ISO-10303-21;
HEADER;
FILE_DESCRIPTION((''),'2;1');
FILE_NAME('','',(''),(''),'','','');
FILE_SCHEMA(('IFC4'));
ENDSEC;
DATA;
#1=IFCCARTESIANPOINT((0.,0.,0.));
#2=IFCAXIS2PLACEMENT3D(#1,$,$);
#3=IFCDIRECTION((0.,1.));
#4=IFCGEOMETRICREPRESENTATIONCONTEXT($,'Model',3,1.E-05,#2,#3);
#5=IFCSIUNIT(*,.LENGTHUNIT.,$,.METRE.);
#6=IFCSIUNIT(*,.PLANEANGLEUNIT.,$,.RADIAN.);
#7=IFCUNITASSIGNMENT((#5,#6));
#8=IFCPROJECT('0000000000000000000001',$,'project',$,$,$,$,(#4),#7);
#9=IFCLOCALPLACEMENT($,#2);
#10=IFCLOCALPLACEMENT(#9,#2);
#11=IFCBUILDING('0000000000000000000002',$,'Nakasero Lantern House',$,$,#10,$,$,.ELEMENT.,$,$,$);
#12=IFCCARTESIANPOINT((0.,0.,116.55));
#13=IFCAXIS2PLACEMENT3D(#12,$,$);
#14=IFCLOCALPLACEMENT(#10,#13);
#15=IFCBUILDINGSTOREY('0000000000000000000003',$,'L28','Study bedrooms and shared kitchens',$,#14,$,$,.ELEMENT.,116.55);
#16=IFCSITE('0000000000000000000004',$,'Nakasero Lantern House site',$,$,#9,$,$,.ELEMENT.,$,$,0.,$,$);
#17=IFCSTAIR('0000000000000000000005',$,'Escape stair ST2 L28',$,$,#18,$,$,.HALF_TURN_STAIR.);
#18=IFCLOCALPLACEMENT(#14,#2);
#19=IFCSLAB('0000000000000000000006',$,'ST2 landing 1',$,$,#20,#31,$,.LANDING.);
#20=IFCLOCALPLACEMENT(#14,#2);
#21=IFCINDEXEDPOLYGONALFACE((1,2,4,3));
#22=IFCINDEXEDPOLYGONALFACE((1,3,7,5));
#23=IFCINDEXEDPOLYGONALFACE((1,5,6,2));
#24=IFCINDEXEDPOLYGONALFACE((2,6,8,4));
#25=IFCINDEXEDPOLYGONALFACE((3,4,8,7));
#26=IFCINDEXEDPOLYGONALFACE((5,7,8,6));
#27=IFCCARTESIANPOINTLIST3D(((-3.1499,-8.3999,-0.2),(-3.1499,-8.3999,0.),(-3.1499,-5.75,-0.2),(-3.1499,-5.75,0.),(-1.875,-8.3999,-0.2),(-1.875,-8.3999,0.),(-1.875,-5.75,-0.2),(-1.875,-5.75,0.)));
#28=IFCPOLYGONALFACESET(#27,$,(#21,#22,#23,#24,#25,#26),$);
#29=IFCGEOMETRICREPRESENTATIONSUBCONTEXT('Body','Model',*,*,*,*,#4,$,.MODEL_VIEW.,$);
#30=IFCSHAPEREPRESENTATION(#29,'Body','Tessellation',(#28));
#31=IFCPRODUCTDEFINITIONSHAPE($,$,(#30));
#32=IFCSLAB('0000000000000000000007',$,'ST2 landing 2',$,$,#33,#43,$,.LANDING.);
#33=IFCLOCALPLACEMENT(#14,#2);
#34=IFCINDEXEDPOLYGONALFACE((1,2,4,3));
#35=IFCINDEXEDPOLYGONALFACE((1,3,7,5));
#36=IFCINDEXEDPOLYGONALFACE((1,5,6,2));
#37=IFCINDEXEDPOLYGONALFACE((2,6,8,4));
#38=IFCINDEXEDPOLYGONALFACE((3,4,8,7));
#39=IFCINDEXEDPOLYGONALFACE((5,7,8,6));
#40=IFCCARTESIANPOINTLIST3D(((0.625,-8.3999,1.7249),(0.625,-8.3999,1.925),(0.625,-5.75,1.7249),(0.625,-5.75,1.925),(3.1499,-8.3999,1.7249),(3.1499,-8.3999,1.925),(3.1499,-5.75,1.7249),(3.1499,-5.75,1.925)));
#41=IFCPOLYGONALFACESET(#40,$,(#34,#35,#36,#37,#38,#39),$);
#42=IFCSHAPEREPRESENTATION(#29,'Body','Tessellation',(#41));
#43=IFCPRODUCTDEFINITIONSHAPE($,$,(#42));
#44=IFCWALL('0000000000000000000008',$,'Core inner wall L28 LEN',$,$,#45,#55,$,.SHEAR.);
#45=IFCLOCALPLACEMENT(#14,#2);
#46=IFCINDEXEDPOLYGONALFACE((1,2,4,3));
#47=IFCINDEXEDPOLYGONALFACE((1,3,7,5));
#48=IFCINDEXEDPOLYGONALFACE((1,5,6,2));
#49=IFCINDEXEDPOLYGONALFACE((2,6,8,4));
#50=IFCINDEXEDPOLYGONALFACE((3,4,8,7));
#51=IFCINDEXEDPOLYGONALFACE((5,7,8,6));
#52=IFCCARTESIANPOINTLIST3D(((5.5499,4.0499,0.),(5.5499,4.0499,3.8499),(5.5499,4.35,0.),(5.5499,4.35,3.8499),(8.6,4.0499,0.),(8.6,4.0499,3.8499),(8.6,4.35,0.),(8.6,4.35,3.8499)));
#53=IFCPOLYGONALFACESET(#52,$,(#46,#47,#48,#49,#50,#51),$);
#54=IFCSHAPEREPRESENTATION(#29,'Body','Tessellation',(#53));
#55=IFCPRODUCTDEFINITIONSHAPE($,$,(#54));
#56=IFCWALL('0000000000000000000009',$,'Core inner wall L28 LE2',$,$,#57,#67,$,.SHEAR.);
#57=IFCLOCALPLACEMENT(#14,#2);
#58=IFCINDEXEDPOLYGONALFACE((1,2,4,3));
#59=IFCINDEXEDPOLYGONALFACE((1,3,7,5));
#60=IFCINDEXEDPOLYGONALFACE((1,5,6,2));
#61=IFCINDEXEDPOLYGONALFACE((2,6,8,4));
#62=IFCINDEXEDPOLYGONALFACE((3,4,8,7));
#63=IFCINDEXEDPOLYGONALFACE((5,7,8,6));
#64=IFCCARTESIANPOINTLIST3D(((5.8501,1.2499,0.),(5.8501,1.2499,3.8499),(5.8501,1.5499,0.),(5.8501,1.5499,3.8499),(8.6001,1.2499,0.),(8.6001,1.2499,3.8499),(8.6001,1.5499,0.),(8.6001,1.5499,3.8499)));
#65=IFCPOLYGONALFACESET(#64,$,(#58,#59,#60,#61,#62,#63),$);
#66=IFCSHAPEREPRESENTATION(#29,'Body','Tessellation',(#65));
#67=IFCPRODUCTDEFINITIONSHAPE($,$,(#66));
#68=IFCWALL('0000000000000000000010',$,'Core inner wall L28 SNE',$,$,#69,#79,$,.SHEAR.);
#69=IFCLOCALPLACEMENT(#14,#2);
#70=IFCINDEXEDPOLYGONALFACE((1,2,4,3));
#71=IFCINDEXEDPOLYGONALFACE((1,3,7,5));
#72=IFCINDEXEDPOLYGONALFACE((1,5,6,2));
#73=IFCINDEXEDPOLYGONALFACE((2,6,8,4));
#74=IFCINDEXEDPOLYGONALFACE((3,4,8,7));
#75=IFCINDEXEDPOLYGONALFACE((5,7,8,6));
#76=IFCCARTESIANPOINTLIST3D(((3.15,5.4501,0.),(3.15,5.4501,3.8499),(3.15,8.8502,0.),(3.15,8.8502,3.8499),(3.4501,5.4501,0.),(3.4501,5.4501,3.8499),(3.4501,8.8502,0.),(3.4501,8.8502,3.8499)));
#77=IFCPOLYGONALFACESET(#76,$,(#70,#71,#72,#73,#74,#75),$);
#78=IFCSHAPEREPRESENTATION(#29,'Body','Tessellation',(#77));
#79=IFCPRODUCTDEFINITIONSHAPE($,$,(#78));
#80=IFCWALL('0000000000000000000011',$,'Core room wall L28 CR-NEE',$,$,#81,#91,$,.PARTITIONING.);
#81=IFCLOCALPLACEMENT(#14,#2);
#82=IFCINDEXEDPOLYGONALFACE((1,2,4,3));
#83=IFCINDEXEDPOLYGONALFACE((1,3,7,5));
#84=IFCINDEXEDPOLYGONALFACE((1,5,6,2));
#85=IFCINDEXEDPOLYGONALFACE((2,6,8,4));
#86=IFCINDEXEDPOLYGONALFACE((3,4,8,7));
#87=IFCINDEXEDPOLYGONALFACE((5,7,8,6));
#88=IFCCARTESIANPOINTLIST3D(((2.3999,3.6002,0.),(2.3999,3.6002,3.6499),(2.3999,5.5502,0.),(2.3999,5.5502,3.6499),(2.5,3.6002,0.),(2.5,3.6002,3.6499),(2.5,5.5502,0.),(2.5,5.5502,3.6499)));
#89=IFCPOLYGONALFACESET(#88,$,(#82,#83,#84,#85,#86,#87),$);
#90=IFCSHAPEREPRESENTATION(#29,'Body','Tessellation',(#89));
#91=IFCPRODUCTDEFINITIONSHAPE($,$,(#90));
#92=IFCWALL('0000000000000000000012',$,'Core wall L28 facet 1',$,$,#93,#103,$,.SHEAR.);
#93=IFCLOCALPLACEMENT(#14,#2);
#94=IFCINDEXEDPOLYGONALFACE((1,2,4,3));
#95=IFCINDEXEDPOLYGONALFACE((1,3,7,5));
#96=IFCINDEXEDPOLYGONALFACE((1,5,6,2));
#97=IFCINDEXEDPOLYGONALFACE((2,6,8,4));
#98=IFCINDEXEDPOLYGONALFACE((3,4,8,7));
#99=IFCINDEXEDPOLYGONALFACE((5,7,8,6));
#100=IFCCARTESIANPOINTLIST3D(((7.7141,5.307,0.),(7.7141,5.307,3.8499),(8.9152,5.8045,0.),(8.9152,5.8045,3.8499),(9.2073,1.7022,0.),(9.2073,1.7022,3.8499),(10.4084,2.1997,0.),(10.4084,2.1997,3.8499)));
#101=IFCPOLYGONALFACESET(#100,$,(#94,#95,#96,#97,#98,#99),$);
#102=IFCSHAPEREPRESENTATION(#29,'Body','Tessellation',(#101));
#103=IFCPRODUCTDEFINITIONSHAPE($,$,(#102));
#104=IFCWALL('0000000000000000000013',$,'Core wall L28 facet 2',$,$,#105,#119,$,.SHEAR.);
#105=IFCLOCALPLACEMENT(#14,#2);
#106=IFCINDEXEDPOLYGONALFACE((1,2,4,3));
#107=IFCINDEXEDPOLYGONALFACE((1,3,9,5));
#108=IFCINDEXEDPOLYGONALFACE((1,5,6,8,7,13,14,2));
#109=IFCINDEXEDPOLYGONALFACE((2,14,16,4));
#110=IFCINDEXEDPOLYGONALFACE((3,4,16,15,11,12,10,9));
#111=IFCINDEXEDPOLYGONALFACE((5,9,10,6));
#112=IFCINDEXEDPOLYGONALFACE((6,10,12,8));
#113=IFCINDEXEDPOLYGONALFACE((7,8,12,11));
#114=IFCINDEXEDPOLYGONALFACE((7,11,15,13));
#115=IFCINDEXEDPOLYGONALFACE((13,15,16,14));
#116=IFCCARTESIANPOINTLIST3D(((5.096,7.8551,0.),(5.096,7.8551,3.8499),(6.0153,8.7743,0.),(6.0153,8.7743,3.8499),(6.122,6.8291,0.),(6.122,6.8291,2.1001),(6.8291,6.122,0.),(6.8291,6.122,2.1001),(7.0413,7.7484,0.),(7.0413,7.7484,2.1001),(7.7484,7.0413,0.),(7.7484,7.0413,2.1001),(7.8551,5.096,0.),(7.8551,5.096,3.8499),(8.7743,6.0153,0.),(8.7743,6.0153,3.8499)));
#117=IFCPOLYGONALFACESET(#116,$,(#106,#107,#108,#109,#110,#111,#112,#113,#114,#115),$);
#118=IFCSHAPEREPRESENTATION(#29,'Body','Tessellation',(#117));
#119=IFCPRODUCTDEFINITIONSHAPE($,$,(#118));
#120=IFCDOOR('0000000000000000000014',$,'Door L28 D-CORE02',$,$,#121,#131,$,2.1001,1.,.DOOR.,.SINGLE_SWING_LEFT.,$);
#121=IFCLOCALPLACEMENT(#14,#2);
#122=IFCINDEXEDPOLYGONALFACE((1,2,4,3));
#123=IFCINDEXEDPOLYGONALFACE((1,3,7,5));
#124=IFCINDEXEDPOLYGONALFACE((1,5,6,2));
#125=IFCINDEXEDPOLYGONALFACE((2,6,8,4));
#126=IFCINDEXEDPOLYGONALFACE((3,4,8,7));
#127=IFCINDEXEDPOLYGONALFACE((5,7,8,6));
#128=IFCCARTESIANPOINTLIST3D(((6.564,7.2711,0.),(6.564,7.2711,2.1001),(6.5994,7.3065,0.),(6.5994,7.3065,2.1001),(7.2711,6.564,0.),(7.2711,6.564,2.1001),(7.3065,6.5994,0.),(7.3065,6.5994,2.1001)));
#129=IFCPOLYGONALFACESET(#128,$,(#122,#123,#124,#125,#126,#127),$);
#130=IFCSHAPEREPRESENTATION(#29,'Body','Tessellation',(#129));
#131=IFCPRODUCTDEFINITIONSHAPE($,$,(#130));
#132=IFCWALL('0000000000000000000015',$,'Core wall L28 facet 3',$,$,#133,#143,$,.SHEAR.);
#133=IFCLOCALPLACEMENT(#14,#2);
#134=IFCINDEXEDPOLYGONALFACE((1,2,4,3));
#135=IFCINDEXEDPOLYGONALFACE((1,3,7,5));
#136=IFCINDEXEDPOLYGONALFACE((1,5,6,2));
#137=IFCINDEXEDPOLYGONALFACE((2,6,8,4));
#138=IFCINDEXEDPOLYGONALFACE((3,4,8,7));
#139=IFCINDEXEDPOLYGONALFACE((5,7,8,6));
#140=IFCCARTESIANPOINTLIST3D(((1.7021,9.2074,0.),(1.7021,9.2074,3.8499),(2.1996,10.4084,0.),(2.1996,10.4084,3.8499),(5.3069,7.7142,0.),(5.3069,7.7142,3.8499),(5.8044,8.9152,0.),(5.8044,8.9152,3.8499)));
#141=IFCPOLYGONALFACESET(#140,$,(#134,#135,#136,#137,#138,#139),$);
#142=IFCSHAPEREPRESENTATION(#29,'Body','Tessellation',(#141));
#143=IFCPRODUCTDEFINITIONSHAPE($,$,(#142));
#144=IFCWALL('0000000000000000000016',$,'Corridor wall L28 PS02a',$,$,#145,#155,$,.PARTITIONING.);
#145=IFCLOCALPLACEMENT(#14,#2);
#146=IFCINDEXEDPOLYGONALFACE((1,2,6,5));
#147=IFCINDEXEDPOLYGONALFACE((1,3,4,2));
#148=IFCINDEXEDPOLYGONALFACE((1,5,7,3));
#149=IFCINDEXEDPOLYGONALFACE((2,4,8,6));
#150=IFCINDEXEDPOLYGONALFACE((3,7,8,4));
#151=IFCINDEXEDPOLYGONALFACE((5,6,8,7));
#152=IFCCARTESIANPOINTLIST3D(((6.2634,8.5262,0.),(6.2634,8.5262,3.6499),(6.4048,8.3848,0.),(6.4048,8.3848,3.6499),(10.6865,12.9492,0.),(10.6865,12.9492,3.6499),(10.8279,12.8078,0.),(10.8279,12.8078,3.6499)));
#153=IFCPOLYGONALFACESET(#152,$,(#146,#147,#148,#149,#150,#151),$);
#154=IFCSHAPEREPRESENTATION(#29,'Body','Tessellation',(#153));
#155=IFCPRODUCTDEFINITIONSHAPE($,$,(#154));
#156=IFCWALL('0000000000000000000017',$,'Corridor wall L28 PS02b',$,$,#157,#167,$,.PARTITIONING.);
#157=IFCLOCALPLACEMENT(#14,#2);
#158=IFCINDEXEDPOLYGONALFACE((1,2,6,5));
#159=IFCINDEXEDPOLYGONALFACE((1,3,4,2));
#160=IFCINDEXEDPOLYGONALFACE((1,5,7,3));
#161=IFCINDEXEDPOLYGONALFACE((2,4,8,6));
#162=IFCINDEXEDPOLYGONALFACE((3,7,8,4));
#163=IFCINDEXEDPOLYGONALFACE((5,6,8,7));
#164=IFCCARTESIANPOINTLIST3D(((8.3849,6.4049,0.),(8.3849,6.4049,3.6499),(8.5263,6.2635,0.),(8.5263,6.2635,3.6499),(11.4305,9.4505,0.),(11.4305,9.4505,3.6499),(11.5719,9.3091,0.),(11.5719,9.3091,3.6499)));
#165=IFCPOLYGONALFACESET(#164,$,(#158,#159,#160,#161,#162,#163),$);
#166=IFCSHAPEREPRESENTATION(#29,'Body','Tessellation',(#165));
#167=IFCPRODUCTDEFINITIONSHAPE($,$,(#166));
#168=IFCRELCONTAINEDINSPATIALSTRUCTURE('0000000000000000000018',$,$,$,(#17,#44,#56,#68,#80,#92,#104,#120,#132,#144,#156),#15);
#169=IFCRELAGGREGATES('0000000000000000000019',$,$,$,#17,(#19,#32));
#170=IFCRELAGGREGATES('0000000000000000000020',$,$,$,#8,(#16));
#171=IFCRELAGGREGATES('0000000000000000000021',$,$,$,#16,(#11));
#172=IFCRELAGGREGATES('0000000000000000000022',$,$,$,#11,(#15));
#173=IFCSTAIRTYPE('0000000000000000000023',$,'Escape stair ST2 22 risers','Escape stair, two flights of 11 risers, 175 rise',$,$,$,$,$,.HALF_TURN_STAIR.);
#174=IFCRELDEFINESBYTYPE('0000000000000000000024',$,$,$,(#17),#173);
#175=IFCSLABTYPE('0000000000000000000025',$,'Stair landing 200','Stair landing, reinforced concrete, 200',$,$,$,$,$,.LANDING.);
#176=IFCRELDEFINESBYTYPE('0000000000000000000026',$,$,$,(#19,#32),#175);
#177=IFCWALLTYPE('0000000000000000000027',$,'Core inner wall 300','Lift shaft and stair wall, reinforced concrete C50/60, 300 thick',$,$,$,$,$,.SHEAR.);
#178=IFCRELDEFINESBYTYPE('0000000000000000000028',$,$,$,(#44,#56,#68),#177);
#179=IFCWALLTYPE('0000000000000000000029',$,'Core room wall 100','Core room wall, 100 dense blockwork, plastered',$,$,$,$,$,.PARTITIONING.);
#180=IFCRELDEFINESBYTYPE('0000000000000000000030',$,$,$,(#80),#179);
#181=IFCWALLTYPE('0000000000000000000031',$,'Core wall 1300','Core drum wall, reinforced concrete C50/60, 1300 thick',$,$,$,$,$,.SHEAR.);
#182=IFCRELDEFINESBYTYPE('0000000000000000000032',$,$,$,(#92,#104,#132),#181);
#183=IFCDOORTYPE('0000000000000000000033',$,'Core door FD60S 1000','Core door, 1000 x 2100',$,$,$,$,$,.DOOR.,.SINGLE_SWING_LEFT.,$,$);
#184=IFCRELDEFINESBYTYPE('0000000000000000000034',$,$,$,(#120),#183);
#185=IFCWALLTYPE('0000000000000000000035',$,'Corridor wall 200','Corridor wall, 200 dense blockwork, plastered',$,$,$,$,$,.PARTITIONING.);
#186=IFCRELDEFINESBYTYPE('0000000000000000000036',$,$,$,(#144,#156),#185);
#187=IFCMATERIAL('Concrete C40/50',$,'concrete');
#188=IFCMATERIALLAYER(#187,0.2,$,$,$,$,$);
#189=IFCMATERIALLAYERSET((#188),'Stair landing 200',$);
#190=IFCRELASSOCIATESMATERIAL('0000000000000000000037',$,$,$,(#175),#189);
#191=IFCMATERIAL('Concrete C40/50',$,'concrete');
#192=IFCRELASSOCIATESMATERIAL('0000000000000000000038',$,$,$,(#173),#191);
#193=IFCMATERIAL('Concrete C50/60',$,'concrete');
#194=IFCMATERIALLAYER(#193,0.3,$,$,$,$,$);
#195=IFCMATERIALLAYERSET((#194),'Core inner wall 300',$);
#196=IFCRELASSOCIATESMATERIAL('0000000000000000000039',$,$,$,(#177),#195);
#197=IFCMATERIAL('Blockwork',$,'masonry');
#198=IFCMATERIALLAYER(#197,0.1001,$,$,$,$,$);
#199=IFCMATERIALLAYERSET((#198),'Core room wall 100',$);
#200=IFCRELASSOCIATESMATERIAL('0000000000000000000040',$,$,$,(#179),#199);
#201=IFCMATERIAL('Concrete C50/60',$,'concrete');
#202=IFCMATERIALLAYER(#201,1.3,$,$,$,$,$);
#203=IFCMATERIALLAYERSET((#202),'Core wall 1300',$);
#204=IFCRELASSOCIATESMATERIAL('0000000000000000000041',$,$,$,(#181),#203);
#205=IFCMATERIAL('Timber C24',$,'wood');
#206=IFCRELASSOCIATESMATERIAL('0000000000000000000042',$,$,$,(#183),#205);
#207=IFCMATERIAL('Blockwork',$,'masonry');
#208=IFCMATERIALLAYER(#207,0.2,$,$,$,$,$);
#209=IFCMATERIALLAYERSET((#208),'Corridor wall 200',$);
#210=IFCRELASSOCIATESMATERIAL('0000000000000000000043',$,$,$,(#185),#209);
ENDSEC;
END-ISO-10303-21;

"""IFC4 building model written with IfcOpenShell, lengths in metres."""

from ifc_helpers import new_model, si_unit, direction, frame, frame_2d, origin, place, context, subcontext, project, spatial, polyline, rectangle, outline, extrude, material, layer, layer_set, type_object, element, fill, aggregate, save


model = new_model("IFC4")

# Units and contexts
model_context = context("Model", 3, precision=1e-05, world=origin(), true_north=direction((0.0, 1.0)))
body_context = subcontext(model_context, "Body", "Model", "MODEL_VIEW")
ifc_project = project(units=[si_unit("LENGTHUNIT", "METRE"), si_unit("PLANEANGLEUNIT", "RADIAN")], contexts=[model_context])

# Site, building, storey
site_placement = place(None, origin())
site = spatial("IfcSite", under=ifc_project, at=site_placement, Name="Nakasero Lantern House site", CompositionType="ELEMENT", RefElevation=0.0)
building_placement = place(site_placement, origin())
building = spatial("IfcBuilding", under=site, at=building_placement, Name="Nakasero Lantern House", CompositionType="ELEMENT")
storey_placement = place(building_placement, frame((0.0, 0.0, 116.55)))
storey = spatial("IfcBuildingStorey", under=building, at=storey_placement, Name="L28", Description="Study bedrooms and shared kitchens", CompositionType="ELEMENT", Elevation=116.55)

# Stair, slabs
ifc_material_1 = material(Name="Concrete C40/50", Category="concrete")
ifc_layer_1 = layer(ifc_material_1, 0.2)
ifc_layer_set_1 = layer_set([ifc_layer_1], Name="Stair landing 200")
slab_type_1 = type_object("IfcSlabType", Name="Stair landing 200", Description="Stair landing, reinforced concrete, 200", PredefinedType="LANDING", material=ifc_layer_set_1)
ifc_material_2 = material(Name="Concrete C40/50", Category="concrete")
stair_type_1 = type_object("IfcStairType", Name="Escape stair ST2 22 risers", Description="Escape stair, two flights of 11 risers, 175 rise", PredefinedType="HALF_TURN_STAIR", material=ifc_material_2)
stair_1_placement = place(storey_placement, origin())
stair_1 = element("IfcStair", 1, at=stair_1_placement, inside=storey, type_object=stair_type_1, Name="Escape stair ST2 L28", PredefinedType="HALF_TURN_STAIR")
slab_1_placement = place(storey_placement, frame((0.0, 0.0, -0.2)))
slab_1 = element("IfcSlab", 2, at=slab_1_placement, type_object=slab_type_1, Name="ST2 landing 1", PredefinedType="LANDING", context=body_context, shape_type="SweptSolid", body=[
    extrude(outline(polyline([(-3.1499, -8.3999), (-1.875, -8.3999), (-1.875, -5.75), (-3.1499, -5.75), (-3.1499, -8.3999)])), origin(), (0.0, 0.0, 1.0), 0.2),
])
slab_2_placement = place(storey_placement, frame((0.0, 0.0, 1.7249)))
slab_2 = element("IfcSlab", 3, at=slab_2_placement, type_object=slab_type_1, Name="ST2 landing 2", PredefinedType="LANDING", context=body_context, shape_type="SweptSolid", body=[
    extrude(outline(polyline([(0.625, -8.3999), (3.1499, -8.3999), (3.1499, -5.75), (0.625, -5.75), (0.625, -8.3999)])), origin(), (0.0, 0.0, 1.0), 0.2002),
])
aggregate(stair_1, [slab_1, slab_2])

# Walls
ifc_material_3 = material(Name="Concrete C50/60", Category="concrete")
ifc_layer_2 = layer(ifc_material_3, 0.3)
ifc_layer_set_2 = layer_set([ifc_layer_2], Name="Core inner wall 300")
wall_type_1 = type_object("IfcWallType", Name="Core inner wall 300", Description="Lift shaft and stair wall, reinforced concrete C50/60, 300 thick", PredefinedType="SHEAR", material=ifc_layer_set_2)
wall_1_placement = place(storey_placement, frame((5.55, 4.2, 0.0), z_axis=(0.0, 0.0, 1.0), x_axis=(1.0, 0.0, 0.0)))
element("IfcWall", 4, at=wall_1_placement, inside=storey, type_object=wall_type_1, Name="Core inner wall L28 LEN", PredefinedType="SHEAR", context=body_context, shape_type="SweptSolid", body=[
    extrude(rectangle(XDim=3.05, YDim=0.3, at=frame_2d((1.5249, 0.0))), origin(), (0.0, 0.0, 1.0), 3.8499),
])
wall_2_placement = place(storey_placement, frame((5.8501, 1.3999, 0.0), z_axis=(0.0, 0.0, 1.0), x_axis=(1.0, 0.0, 0.0)))
element("IfcWall", 5, at=wall_2_placement, inside=storey, type_object=wall_type_1, Name="Core inner wall L28 LE2", PredefinedType="SHEAR", context=body_context, shape_type="SweptSolid", body=[
    extrude(rectangle(XDim=2.75, YDim=0.3, at=frame_2d((1.375, 0.0))), origin(), (0.0, 0.0, 1.0), 3.8499),
])
wall_3_placement = place(storey_placement, frame((3.3, 5.45, 0.0), z_axis=(0.0, 0.0, 1.0), x_axis=(0.0, 1.0, 0.0)))
element("IfcWall", 6, at=wall_3_placement, inside=storey, type_object=wall_type_1, Name="Core inner wall L28 SNE", PredefinedType="SHEAR", context=body_context, shape_type="SweptSolid", body=[
    extrude(rectangle(XDim=3.4001, YDim=0.3, at=frame_2d((1.7002, 0.0))), origin(), (0.0, 0.0, 1.0), 3.8499),
])
ifc_material_4 = material(Name="Blockwork", Category="masonry")
ifc_layer_3 = layer(ifc_material_4, 0.1001)
ifc_layer_set_3 = layer_set([ifc_layer_3], Name="Core room wall 100")
wall_type_2 = type_object("IfcWallType", Name="Core room wall 100", Description="Core room wall, 100 dense blockwork, plastered", PredefinedType="PARTITIONING", material=ifc_layer_set_3)
wall_4_placement = place(storey_placement, frame((2.45, 3.6001, 0.0), z_axis=(0.0, 0.0, 1.0), x_axis=(0.0, 1.0, 0.0)))
element("IfcWall", 7, at=wall_4_placement, inside=storey, type_object=wall_type_2, Name="Core room wall L28 CR-NEE", PredefinedType="PARTITIONING", context=body_context, shape_type="SweptSolid", body=[
    extrude(rectangle(XDim=1.95, YDim=0.1001, at=frame_2d((0.9751, 0.0))), origin(), (0.0, 0.0, 1.0), 3.6499),
])
ifc_material_5 = material(Name="Concrete C50/60", Category="concrete")
ifc_layer_4 = layer(ifc_material_5, 1.3)
ifc_layer_set_4 = layer_set([ifc_layer_4], Name="Core wall 1300")
wall_type_3 = type_object("IfcWallType", Name="Core wall 1300", Description="Core drum wall, reinforced concrete C50/60, 1300 thick", PredefinedType="SHEAR", material=ifc_layer_set_4)
wall_5_placement = place(storey_placement, frame((9.8079, 1.9509, 0.0), z_axis=(0.0, 0.0, 1.0), x_axis=(-0.382691, 0.923877, 0.0)))
element("IfcWall", 8, at=wall_5_placement, inside=storey, type_object=wall_type_3, Name="Core wall L28 facet 1", PredefinedType="SHEAR", context=body_context, shape_type="SweptSolid", body=[
    extrude(rectangle(XDim=3.9019, YDim=1.3, at=frame_2d((1.9509, 0.0))), origin(), (0.0, 0.0, 1.0), 3.8499),
])

# Wall, opening, door
wall_6_placement = place(storey_placement, frame((8.3147, 5.5557, 0.0), z_axis=(0.0, 0.0, 1.0), x_axis=(-0.707107, 0.707107, 0.0)))
wall_6 = element("IfcWall", 9, at=wall_6_placement, inside=storey, type_object=wall_type_3, Name="Core wall L28 facet 2", PredefinedType="SHEAR", context=body_context, shape_type="SweptSolid", body=[
    extrude(rectangle(XDim=3.9019, YDim=1.3, at=frame_2d((1.9509, 0.0))), origin(), (0.0, 0.0, 1.0), 3.8499),
])
opening_1_placement = place(wall_6_placement, frame((1.4509, 0.0, 0.0)))
opening_1 = element("IfcOpeningElement", 10, at=opening_1_placement, cuts=wall_6, PredefinedType="OPENING", context=body_context, shape_type="SweptSolid", body=[
    extrude(rectangle(XDim=1.0, YDim=2.1001, at=frame_2d((0.5, 1.05))), frame((0.0, 0.6699, 0.0), z_axis=(0.0, -1.0, 0.0), x_axis=(1.0, 0.0, 0.0)), (0.0, 0.0, 1.0), 1.3401),
])
ifc_material_6 = material(Name="Timber C24", Category="wood")
door_type_1 = type_object("IfcDoorType", Name="Core door FD60S 1000", Description="Core door, 1000 x 2100", OperationType="SINGLE_SWING_LEFT", PredefinedType="DOOR", material=ifc_material_6)
door_1_placement = place(opening_1_placement, origin())
door_1 = element("IfcDoor", 11, at=door_1_placement, inside=storey, type_object=door_type_1, Name="Door L28 D-CORE02", OperationType="SINGLE_SWING_LEFT", OverallHeight=2.1001, OverallWidth=1.0, PredefinedType="DOOR", context=body_context, shape_type="SweptSolid", body=[
    extrude(rectangle(XDim=1.0, YDim=2.1001, at=frame_2d((0.5, 1.05))), frame((0.0, 0.0249, 0.0), z_axis=(0.0, -1.0, 0.0), x_axis=(1.0, 0.0, 0.0)), (0.0, 0.0, 1.0), 0.05),
])
fill(opening_1, door_1)

# Walls
wall_7_placement = place(storey_placement, frame((5.5557, 8.3147, 0.0), z_axis=(0.0, 0.0, 1.0), x_axis=(-0.923877, 0.382691, 0.0)))
element("IfcWall", 12, at=wall_7_placement, inside=storey, type_object=wall_type_3, Name="Core wall L28 facet 3", PredefinedType="SHEAR", context=body_context, shape_type="SweptSolid", body=[
    extrude(rectangle(XDim=3.9019, YDim=1.3, at=frame_2d((1.9509, 0.0))), origin(), (0.0, 0.0, 1.0), 3.8499),
])
ifc_material_7 = material(Name="Blockwork", Category="masonry")
ifc_layer_5 = layer(ifc_material_7, 0.2)
ifc_layer_set_5 = layer_set([ifc_layer_5], Name="Corridor wall 200")
wall_type_4 = type_object("IfcWallType", Name="Corridor wall 200", Description="Corridor wall, 200 dense blockwork, plastered", PredefinedType="PARTITIONING", material=ifc_layer_set_5)
wall_8_placement = place(storey_placement, frame((6.3342, 8.4556, 0.0), z_axis=(0.0, 0.0, 1.0), x_axis=(0.707107, 0.707107, 0.0)))
element("IfcWall", 13, at=wall_8_placement, inside=storey, type_object=wall_type_4, Name="Corridor wall L28 PS02a", PredefinedType="PARTITIONING", context=body_context, shape_type="SweptSolid", body=[
    extrude(rectangle(XDim=6.2551, YDim=0.2, at=frame_2d((3.1274, 0.0))), origin(), (0.0, 0.0, 1.0), 3.6499),
])
wall_9_placement = place(storey_placement, frame((8.4556, 6.3342, 0.0), z_axis=(0.0, 0.0, 1.0), x_axis=(0.707107, 0.707107, 0.0)))
element("IfcWall", 14, at=wall_9_placement, inside=storey, type_object=wall_type_4, Name="Corridor wall L28 PS02b", PredefinedType="PARTITIONING", context=body_context, shape_type="SweptSolid", body=[
    extrude(rectangle(XDim=4.3071, YDim=0.2, at=frame_2d((2.1536, 0.0))), origin(), (0.0, 0.0, 1.0), 3.6499),
])

save(model, "model.ifc")
